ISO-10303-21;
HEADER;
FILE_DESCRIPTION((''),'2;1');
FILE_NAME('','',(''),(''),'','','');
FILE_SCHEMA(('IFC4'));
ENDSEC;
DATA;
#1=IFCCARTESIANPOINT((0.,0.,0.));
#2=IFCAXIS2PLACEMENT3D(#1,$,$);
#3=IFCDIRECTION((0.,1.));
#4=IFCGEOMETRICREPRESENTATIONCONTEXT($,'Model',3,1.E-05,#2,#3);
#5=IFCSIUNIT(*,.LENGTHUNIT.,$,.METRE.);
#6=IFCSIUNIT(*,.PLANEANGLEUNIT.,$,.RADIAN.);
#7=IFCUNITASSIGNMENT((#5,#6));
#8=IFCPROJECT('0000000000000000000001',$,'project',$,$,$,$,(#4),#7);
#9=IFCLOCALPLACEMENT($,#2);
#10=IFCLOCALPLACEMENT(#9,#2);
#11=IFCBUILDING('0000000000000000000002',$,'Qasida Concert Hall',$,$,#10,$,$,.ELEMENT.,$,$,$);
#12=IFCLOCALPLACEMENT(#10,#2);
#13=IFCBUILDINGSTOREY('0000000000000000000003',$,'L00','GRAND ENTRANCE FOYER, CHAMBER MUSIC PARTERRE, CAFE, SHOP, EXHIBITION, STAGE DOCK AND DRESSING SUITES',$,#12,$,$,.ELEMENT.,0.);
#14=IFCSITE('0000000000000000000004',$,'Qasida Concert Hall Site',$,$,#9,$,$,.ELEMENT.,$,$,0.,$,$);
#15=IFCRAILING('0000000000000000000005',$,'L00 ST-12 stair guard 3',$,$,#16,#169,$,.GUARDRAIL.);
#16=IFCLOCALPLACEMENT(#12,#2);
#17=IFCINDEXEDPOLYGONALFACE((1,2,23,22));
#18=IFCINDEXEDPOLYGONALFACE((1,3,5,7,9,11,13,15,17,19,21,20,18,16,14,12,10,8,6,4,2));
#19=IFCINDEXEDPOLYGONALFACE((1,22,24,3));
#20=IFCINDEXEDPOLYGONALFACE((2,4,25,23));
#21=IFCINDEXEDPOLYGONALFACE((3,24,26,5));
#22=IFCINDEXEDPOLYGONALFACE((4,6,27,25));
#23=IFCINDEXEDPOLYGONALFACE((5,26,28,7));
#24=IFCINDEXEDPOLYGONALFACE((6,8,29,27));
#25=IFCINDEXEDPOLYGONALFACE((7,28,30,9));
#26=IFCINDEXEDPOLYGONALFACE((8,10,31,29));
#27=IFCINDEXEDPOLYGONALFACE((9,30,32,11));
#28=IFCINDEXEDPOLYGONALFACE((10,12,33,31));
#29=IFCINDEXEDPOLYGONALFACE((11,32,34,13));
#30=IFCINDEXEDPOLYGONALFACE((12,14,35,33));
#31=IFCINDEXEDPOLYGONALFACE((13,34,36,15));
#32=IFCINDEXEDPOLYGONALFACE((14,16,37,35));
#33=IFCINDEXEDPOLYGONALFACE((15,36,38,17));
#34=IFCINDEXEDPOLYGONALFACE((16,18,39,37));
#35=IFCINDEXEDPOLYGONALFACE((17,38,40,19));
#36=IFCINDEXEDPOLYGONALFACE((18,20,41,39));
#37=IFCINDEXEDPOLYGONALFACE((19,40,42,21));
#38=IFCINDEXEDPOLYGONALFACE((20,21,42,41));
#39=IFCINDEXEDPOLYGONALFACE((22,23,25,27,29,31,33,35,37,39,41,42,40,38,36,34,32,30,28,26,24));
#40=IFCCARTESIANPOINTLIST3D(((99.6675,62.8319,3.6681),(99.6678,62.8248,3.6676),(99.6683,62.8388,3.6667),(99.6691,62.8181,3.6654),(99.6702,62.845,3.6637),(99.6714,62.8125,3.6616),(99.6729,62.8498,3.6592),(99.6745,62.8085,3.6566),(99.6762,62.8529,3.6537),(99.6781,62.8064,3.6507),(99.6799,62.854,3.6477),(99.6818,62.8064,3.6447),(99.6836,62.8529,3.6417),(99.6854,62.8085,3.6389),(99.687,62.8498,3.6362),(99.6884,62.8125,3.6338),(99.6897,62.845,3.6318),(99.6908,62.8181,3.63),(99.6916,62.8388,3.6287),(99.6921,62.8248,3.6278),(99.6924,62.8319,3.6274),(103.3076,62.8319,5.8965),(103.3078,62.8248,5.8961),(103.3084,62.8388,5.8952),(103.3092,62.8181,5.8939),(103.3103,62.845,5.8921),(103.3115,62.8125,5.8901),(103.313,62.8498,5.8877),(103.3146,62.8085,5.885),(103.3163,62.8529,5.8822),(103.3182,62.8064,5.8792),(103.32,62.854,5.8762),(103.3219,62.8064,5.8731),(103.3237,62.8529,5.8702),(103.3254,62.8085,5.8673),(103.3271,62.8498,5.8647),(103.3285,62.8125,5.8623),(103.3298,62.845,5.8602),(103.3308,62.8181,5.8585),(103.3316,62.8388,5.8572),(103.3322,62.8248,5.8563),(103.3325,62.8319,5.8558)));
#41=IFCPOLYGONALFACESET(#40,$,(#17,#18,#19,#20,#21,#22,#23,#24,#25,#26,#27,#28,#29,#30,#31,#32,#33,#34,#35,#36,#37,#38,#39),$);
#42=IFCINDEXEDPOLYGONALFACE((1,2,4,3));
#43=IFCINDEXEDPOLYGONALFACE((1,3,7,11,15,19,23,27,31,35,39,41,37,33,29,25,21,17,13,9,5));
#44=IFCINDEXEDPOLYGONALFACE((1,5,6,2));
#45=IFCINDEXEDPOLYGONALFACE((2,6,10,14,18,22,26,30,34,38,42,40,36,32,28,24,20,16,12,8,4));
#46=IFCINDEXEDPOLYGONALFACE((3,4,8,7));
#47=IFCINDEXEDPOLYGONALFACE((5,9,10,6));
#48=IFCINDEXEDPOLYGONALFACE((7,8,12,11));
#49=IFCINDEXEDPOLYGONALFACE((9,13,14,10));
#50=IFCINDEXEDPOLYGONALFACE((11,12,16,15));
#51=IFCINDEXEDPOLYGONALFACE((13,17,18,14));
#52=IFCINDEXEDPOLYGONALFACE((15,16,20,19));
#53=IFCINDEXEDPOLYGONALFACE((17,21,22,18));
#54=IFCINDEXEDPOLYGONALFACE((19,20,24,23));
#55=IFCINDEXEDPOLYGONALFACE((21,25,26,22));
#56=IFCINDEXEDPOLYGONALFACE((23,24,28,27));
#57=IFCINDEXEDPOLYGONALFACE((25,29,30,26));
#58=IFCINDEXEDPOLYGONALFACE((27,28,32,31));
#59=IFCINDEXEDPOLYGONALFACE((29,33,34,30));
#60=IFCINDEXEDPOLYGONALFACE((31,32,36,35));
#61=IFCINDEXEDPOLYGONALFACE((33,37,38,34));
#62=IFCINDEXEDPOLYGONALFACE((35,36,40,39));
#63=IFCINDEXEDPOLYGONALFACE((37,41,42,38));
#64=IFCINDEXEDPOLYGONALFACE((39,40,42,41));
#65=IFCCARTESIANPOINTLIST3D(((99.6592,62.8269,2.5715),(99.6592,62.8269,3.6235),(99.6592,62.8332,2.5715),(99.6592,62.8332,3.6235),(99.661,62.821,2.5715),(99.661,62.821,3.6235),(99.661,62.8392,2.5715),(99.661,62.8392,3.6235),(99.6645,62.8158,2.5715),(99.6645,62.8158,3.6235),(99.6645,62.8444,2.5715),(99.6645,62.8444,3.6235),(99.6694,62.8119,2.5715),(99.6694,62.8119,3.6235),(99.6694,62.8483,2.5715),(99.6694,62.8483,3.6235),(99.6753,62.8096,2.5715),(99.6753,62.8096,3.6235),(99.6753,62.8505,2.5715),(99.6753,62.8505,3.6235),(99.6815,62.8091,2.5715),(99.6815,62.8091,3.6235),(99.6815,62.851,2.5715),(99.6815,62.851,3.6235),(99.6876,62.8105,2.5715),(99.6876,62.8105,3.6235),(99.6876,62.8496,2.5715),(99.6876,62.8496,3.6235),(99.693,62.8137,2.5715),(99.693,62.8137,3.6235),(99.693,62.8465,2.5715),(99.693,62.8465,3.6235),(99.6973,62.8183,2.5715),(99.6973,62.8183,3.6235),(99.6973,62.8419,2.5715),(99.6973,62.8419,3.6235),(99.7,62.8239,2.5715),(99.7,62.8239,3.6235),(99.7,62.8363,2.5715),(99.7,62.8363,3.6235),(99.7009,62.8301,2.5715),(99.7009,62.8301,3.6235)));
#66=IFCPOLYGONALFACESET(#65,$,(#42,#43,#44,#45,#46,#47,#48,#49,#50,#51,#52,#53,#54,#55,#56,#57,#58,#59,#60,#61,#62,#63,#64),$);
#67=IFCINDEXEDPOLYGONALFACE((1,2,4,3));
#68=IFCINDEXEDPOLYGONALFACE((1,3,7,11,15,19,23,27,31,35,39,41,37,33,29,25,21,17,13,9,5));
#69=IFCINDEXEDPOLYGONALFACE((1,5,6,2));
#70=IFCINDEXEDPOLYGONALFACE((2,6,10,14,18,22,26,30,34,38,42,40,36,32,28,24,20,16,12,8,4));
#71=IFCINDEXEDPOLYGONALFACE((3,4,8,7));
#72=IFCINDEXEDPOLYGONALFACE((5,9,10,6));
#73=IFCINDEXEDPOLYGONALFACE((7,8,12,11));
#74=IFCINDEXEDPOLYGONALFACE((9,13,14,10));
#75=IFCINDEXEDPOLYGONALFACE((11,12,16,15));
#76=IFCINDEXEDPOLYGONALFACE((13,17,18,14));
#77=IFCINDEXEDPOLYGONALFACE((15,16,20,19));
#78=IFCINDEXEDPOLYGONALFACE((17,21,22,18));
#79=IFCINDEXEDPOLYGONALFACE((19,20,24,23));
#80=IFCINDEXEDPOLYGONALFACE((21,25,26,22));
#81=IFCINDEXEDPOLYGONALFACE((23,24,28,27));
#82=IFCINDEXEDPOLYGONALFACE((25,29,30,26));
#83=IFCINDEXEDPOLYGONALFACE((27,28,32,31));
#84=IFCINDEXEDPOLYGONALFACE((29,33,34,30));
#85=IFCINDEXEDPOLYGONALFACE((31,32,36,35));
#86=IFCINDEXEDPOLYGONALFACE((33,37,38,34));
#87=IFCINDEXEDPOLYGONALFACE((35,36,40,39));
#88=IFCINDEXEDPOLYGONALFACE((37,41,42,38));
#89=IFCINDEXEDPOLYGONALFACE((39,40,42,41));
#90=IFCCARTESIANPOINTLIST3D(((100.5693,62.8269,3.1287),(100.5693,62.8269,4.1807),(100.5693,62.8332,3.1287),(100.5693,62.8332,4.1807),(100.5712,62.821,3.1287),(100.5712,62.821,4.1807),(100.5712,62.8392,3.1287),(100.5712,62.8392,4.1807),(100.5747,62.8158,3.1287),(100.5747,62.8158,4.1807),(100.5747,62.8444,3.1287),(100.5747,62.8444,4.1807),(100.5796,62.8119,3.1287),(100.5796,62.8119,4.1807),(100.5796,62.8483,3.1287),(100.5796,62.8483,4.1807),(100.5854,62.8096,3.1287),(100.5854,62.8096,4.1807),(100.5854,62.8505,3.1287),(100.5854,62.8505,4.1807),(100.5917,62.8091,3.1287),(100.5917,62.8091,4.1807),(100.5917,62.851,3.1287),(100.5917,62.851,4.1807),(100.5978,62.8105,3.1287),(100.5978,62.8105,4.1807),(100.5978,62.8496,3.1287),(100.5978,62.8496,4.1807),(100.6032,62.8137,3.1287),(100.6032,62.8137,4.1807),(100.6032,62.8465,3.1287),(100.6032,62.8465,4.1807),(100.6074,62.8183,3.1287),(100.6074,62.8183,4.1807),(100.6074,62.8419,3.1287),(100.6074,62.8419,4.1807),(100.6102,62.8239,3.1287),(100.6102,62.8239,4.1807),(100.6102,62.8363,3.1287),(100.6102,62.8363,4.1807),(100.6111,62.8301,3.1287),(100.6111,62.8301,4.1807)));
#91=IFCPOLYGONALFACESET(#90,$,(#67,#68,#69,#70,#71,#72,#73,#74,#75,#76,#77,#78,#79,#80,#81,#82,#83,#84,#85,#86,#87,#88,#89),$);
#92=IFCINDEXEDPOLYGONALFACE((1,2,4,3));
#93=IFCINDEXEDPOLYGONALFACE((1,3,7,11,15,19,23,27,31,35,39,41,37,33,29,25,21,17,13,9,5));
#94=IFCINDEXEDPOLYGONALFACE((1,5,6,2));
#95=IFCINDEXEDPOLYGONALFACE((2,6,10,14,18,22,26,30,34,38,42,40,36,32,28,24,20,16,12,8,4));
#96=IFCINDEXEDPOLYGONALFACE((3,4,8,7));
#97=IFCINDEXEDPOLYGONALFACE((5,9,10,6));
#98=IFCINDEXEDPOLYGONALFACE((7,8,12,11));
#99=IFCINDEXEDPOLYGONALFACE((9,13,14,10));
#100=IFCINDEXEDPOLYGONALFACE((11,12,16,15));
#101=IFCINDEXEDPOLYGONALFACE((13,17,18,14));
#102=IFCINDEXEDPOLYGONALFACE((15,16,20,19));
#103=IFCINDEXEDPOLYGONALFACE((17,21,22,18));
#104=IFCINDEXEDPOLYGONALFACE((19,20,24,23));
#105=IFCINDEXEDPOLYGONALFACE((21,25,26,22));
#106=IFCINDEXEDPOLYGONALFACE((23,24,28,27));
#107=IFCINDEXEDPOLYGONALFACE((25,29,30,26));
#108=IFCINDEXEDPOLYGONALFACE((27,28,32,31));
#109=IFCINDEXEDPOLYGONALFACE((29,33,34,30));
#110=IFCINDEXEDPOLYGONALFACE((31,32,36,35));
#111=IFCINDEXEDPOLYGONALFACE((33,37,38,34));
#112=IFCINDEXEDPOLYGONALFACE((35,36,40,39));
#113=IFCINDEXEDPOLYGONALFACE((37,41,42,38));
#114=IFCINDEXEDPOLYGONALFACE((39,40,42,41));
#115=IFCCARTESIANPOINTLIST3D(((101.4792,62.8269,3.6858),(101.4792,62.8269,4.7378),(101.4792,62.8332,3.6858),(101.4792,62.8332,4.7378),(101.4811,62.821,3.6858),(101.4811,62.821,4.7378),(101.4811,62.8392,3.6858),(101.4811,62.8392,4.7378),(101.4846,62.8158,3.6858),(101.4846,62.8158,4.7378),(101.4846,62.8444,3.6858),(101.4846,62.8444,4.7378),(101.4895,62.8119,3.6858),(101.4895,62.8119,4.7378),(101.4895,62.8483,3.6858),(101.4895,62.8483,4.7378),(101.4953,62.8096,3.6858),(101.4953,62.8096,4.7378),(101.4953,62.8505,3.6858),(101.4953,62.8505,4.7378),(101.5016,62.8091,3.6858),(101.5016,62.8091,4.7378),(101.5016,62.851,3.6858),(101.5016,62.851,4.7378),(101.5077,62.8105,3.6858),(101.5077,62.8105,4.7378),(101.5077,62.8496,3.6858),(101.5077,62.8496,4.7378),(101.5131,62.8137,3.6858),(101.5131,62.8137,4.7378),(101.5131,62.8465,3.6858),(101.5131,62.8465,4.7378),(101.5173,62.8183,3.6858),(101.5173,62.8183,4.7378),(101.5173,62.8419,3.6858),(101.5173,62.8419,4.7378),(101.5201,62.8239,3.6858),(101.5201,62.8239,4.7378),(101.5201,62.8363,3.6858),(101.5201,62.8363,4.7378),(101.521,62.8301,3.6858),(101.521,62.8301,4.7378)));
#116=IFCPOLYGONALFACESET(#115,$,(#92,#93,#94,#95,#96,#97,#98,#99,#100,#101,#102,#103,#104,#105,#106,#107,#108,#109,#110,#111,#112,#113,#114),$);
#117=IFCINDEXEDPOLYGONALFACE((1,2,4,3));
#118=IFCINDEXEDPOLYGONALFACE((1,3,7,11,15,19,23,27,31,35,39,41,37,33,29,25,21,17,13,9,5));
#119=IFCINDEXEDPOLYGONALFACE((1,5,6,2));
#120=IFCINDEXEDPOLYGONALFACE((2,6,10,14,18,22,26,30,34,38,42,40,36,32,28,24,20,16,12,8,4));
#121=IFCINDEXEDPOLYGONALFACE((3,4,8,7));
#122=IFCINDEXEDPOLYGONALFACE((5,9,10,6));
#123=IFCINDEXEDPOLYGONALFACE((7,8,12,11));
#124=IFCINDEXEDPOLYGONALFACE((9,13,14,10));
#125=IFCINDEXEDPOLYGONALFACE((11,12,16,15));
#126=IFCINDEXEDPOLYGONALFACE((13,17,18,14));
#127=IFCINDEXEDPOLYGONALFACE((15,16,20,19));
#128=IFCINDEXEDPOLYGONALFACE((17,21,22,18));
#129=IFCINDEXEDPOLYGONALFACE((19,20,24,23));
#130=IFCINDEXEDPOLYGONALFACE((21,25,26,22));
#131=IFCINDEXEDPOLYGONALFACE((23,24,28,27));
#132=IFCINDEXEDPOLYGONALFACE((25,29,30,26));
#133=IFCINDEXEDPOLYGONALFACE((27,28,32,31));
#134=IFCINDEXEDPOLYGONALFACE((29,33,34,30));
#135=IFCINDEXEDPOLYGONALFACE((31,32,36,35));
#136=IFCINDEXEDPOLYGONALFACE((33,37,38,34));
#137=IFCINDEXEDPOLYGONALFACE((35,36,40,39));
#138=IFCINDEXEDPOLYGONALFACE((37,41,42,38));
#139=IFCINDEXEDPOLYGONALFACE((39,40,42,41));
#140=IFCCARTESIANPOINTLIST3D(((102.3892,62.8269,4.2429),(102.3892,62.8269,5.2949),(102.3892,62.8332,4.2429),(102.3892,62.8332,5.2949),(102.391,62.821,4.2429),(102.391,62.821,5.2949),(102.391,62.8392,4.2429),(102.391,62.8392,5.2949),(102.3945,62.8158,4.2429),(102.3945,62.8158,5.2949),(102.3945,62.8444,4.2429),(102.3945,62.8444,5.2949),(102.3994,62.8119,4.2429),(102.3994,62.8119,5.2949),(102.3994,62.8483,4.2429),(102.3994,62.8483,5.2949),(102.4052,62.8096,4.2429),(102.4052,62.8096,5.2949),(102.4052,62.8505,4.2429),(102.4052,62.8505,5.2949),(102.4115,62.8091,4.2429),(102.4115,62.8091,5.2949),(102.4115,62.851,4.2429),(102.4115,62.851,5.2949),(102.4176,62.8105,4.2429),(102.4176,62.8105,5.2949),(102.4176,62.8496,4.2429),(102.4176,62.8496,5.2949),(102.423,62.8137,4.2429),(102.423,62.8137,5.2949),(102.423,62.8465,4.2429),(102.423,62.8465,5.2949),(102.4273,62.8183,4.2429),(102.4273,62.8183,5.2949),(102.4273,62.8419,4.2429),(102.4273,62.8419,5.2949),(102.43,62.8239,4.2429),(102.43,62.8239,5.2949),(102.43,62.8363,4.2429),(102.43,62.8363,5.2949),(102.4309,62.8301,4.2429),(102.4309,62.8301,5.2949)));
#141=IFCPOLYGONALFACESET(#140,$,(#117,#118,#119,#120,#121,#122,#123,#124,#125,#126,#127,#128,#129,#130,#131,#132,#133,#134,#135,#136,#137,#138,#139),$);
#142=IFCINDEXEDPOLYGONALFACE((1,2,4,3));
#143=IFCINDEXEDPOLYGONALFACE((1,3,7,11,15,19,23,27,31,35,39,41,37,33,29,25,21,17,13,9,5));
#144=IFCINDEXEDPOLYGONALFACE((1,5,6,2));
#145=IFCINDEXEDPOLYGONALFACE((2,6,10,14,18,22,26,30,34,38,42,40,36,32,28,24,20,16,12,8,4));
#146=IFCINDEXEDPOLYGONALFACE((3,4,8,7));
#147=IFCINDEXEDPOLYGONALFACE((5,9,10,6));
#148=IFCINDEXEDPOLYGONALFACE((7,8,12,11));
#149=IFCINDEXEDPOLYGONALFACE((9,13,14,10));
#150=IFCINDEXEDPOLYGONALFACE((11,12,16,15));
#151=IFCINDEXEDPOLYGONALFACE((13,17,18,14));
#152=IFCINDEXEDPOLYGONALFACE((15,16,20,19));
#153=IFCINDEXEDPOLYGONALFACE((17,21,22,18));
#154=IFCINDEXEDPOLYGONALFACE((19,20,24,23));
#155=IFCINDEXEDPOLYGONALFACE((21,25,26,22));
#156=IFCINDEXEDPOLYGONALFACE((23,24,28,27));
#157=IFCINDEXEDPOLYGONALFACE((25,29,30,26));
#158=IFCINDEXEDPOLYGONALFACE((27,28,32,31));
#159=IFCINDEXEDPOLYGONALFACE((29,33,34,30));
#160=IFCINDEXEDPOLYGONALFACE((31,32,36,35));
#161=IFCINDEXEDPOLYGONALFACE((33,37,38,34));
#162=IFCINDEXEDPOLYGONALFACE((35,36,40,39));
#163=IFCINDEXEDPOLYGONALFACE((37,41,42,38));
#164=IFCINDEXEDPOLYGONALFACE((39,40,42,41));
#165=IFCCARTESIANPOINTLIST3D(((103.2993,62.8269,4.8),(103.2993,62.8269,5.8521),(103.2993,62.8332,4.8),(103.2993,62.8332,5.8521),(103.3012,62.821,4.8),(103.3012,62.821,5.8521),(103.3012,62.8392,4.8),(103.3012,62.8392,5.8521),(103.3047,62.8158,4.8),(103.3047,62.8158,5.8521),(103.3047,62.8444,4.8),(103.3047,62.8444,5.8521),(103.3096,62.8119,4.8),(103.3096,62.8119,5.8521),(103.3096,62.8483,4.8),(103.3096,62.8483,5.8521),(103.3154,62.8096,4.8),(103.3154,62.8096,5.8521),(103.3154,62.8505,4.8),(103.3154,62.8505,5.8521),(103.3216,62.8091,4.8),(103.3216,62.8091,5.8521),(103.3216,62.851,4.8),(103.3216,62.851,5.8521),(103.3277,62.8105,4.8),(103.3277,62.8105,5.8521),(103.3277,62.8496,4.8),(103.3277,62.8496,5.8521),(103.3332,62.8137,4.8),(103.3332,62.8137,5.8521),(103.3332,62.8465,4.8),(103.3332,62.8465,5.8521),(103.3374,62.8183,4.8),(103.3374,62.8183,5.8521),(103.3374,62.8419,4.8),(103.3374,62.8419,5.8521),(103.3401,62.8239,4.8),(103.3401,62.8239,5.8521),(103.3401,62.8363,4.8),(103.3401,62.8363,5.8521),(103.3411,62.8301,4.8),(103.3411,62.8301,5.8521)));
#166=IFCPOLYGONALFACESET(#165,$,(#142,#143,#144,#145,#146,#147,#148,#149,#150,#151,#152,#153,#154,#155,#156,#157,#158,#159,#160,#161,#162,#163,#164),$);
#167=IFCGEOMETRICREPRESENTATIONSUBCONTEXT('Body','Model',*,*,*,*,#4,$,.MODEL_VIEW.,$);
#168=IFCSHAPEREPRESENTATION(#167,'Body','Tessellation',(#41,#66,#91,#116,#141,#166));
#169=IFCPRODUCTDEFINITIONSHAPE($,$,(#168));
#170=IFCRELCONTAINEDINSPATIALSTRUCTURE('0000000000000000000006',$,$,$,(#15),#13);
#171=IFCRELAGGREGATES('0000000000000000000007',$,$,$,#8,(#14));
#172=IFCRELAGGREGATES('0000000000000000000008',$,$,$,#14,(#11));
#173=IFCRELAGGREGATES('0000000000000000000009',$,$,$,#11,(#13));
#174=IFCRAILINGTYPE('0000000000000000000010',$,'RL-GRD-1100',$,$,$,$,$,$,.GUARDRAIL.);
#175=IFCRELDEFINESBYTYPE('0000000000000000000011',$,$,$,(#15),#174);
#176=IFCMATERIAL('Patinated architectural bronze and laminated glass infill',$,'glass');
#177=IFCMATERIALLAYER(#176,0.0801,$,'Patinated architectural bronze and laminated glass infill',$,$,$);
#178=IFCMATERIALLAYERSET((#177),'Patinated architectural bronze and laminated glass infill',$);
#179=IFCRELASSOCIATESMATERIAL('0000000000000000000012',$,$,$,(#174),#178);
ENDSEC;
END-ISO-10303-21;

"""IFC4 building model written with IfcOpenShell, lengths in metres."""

from ifc_helpers import new_model, si_unit, direction, frame, origin, origin_2d, place, context, subcontext, project, spatial, circle, extrude, material, layer, layer_set, type_object, element, save


model = new_model("IFC4")

# Units and contexts
model_context = context("Model", 3, precision=1e-05, world=origin(), true_north=direction((0.0, 1.0)))
body_context = subcontext(model_context, "Body", "Model", "MODEL_VIEW")
ifc_project = project(units=[si_unit("LENGTHUNIT", "METRE"), si_unit("PLANEANGLEUNIT", "RADIAN")], contexts=[model_context])

# Site, building, storey
site_placement = place(None, origin())
site = spatial("IfcSite", under=ifc_project, at=site_placement, Name="Qasida Concert Hall Site", CompositionType="ELEMENT", RefElevation=0.0)
building_placement = place(site_placement, origin())
building = spatial("IfcBuilding", under=site, at=building_placement, Name="Qasida Concert Hall", CompositionType="ELEMENT")
storey_placement = place(building_placement, origin())
storey = spatial("IfcBuildingStorey", under=building, at=storey_placement, Name="L00", Description="GRAND ENTRANCE FOYER, CHAMBER MUSIC PARTERRE, CAFE, SHOP, EXHIBITION, STAGE DOCK AND DRESSING SUITES", CompositionType="ELEMENT", Elevation=0.0)

# Railing
ifc_material_1 = material(Name="Patinated architectural bronze and laminated glass infill", Category="glass")
ifc_layer_1 = layer(ifc_material_1, 0.0801, Name="Patinated architectural bronze and laminated glass infill")
ifc_layer_set_1 = layer_set([ifc_layer_1], Name="Patinated architectural bronze and laminated glass infill")
railing_type_1 = type_object("IfcRailingType", Name="RL-GRD-1100", PredefinedType="GUARDRAIL", material=ifc_layer_set_1)
railing_1_placement = place(storey_placement, frame((99.6799, 62.8301, 2.5715)))
element("IfcRailing", 1, at=railing_1_placement, inside=storey, type_object=railing_type_1, Name="L00 ST-12 stair guard 3", PredefinedType="GUARDRAIL", context=body_context, shape_type="SweptSolid", body=[
    extrude(circle(Radius=0.0239, at=origin_2d()), frame((0.0, 0.0, 1.0762), z_axis=(0.852866, 0.0, 0.52213), x_axis=(0.0, 1.0, 0.0)), (0.0, 0.0, 1.0), 4.2681),
    extrude(circle(Radius=0.021, at=origin_2d()), origin(), (0.0, 0.0, 1.0), 1.052),
    extrude(circle(Radius=0.021, at=origin_2d()), frame((0.9102, 0.0, 0.5571)), (0.0, 0.0, 1.0), 1.052),
    extrude(circle(Radius=0.021, at=origin_2d()), frame((1.8201, 0.0, 1.1143)), (0.0, 0.0, 1.0), 1.052),
    extrude(circle(Radius=0.021, at=origin_2d()), frame((2.73, 0.0, 1.6714)), (0.0, 0.0, 1.0), 1.052),
    extrude(circle(Radius=0.021, at=origin_2d()), frame((3.6401, 0.0, 2.2285)), (0.0, 0.0, 1.0), 1.052),
])

save(model, "model.ifc")
